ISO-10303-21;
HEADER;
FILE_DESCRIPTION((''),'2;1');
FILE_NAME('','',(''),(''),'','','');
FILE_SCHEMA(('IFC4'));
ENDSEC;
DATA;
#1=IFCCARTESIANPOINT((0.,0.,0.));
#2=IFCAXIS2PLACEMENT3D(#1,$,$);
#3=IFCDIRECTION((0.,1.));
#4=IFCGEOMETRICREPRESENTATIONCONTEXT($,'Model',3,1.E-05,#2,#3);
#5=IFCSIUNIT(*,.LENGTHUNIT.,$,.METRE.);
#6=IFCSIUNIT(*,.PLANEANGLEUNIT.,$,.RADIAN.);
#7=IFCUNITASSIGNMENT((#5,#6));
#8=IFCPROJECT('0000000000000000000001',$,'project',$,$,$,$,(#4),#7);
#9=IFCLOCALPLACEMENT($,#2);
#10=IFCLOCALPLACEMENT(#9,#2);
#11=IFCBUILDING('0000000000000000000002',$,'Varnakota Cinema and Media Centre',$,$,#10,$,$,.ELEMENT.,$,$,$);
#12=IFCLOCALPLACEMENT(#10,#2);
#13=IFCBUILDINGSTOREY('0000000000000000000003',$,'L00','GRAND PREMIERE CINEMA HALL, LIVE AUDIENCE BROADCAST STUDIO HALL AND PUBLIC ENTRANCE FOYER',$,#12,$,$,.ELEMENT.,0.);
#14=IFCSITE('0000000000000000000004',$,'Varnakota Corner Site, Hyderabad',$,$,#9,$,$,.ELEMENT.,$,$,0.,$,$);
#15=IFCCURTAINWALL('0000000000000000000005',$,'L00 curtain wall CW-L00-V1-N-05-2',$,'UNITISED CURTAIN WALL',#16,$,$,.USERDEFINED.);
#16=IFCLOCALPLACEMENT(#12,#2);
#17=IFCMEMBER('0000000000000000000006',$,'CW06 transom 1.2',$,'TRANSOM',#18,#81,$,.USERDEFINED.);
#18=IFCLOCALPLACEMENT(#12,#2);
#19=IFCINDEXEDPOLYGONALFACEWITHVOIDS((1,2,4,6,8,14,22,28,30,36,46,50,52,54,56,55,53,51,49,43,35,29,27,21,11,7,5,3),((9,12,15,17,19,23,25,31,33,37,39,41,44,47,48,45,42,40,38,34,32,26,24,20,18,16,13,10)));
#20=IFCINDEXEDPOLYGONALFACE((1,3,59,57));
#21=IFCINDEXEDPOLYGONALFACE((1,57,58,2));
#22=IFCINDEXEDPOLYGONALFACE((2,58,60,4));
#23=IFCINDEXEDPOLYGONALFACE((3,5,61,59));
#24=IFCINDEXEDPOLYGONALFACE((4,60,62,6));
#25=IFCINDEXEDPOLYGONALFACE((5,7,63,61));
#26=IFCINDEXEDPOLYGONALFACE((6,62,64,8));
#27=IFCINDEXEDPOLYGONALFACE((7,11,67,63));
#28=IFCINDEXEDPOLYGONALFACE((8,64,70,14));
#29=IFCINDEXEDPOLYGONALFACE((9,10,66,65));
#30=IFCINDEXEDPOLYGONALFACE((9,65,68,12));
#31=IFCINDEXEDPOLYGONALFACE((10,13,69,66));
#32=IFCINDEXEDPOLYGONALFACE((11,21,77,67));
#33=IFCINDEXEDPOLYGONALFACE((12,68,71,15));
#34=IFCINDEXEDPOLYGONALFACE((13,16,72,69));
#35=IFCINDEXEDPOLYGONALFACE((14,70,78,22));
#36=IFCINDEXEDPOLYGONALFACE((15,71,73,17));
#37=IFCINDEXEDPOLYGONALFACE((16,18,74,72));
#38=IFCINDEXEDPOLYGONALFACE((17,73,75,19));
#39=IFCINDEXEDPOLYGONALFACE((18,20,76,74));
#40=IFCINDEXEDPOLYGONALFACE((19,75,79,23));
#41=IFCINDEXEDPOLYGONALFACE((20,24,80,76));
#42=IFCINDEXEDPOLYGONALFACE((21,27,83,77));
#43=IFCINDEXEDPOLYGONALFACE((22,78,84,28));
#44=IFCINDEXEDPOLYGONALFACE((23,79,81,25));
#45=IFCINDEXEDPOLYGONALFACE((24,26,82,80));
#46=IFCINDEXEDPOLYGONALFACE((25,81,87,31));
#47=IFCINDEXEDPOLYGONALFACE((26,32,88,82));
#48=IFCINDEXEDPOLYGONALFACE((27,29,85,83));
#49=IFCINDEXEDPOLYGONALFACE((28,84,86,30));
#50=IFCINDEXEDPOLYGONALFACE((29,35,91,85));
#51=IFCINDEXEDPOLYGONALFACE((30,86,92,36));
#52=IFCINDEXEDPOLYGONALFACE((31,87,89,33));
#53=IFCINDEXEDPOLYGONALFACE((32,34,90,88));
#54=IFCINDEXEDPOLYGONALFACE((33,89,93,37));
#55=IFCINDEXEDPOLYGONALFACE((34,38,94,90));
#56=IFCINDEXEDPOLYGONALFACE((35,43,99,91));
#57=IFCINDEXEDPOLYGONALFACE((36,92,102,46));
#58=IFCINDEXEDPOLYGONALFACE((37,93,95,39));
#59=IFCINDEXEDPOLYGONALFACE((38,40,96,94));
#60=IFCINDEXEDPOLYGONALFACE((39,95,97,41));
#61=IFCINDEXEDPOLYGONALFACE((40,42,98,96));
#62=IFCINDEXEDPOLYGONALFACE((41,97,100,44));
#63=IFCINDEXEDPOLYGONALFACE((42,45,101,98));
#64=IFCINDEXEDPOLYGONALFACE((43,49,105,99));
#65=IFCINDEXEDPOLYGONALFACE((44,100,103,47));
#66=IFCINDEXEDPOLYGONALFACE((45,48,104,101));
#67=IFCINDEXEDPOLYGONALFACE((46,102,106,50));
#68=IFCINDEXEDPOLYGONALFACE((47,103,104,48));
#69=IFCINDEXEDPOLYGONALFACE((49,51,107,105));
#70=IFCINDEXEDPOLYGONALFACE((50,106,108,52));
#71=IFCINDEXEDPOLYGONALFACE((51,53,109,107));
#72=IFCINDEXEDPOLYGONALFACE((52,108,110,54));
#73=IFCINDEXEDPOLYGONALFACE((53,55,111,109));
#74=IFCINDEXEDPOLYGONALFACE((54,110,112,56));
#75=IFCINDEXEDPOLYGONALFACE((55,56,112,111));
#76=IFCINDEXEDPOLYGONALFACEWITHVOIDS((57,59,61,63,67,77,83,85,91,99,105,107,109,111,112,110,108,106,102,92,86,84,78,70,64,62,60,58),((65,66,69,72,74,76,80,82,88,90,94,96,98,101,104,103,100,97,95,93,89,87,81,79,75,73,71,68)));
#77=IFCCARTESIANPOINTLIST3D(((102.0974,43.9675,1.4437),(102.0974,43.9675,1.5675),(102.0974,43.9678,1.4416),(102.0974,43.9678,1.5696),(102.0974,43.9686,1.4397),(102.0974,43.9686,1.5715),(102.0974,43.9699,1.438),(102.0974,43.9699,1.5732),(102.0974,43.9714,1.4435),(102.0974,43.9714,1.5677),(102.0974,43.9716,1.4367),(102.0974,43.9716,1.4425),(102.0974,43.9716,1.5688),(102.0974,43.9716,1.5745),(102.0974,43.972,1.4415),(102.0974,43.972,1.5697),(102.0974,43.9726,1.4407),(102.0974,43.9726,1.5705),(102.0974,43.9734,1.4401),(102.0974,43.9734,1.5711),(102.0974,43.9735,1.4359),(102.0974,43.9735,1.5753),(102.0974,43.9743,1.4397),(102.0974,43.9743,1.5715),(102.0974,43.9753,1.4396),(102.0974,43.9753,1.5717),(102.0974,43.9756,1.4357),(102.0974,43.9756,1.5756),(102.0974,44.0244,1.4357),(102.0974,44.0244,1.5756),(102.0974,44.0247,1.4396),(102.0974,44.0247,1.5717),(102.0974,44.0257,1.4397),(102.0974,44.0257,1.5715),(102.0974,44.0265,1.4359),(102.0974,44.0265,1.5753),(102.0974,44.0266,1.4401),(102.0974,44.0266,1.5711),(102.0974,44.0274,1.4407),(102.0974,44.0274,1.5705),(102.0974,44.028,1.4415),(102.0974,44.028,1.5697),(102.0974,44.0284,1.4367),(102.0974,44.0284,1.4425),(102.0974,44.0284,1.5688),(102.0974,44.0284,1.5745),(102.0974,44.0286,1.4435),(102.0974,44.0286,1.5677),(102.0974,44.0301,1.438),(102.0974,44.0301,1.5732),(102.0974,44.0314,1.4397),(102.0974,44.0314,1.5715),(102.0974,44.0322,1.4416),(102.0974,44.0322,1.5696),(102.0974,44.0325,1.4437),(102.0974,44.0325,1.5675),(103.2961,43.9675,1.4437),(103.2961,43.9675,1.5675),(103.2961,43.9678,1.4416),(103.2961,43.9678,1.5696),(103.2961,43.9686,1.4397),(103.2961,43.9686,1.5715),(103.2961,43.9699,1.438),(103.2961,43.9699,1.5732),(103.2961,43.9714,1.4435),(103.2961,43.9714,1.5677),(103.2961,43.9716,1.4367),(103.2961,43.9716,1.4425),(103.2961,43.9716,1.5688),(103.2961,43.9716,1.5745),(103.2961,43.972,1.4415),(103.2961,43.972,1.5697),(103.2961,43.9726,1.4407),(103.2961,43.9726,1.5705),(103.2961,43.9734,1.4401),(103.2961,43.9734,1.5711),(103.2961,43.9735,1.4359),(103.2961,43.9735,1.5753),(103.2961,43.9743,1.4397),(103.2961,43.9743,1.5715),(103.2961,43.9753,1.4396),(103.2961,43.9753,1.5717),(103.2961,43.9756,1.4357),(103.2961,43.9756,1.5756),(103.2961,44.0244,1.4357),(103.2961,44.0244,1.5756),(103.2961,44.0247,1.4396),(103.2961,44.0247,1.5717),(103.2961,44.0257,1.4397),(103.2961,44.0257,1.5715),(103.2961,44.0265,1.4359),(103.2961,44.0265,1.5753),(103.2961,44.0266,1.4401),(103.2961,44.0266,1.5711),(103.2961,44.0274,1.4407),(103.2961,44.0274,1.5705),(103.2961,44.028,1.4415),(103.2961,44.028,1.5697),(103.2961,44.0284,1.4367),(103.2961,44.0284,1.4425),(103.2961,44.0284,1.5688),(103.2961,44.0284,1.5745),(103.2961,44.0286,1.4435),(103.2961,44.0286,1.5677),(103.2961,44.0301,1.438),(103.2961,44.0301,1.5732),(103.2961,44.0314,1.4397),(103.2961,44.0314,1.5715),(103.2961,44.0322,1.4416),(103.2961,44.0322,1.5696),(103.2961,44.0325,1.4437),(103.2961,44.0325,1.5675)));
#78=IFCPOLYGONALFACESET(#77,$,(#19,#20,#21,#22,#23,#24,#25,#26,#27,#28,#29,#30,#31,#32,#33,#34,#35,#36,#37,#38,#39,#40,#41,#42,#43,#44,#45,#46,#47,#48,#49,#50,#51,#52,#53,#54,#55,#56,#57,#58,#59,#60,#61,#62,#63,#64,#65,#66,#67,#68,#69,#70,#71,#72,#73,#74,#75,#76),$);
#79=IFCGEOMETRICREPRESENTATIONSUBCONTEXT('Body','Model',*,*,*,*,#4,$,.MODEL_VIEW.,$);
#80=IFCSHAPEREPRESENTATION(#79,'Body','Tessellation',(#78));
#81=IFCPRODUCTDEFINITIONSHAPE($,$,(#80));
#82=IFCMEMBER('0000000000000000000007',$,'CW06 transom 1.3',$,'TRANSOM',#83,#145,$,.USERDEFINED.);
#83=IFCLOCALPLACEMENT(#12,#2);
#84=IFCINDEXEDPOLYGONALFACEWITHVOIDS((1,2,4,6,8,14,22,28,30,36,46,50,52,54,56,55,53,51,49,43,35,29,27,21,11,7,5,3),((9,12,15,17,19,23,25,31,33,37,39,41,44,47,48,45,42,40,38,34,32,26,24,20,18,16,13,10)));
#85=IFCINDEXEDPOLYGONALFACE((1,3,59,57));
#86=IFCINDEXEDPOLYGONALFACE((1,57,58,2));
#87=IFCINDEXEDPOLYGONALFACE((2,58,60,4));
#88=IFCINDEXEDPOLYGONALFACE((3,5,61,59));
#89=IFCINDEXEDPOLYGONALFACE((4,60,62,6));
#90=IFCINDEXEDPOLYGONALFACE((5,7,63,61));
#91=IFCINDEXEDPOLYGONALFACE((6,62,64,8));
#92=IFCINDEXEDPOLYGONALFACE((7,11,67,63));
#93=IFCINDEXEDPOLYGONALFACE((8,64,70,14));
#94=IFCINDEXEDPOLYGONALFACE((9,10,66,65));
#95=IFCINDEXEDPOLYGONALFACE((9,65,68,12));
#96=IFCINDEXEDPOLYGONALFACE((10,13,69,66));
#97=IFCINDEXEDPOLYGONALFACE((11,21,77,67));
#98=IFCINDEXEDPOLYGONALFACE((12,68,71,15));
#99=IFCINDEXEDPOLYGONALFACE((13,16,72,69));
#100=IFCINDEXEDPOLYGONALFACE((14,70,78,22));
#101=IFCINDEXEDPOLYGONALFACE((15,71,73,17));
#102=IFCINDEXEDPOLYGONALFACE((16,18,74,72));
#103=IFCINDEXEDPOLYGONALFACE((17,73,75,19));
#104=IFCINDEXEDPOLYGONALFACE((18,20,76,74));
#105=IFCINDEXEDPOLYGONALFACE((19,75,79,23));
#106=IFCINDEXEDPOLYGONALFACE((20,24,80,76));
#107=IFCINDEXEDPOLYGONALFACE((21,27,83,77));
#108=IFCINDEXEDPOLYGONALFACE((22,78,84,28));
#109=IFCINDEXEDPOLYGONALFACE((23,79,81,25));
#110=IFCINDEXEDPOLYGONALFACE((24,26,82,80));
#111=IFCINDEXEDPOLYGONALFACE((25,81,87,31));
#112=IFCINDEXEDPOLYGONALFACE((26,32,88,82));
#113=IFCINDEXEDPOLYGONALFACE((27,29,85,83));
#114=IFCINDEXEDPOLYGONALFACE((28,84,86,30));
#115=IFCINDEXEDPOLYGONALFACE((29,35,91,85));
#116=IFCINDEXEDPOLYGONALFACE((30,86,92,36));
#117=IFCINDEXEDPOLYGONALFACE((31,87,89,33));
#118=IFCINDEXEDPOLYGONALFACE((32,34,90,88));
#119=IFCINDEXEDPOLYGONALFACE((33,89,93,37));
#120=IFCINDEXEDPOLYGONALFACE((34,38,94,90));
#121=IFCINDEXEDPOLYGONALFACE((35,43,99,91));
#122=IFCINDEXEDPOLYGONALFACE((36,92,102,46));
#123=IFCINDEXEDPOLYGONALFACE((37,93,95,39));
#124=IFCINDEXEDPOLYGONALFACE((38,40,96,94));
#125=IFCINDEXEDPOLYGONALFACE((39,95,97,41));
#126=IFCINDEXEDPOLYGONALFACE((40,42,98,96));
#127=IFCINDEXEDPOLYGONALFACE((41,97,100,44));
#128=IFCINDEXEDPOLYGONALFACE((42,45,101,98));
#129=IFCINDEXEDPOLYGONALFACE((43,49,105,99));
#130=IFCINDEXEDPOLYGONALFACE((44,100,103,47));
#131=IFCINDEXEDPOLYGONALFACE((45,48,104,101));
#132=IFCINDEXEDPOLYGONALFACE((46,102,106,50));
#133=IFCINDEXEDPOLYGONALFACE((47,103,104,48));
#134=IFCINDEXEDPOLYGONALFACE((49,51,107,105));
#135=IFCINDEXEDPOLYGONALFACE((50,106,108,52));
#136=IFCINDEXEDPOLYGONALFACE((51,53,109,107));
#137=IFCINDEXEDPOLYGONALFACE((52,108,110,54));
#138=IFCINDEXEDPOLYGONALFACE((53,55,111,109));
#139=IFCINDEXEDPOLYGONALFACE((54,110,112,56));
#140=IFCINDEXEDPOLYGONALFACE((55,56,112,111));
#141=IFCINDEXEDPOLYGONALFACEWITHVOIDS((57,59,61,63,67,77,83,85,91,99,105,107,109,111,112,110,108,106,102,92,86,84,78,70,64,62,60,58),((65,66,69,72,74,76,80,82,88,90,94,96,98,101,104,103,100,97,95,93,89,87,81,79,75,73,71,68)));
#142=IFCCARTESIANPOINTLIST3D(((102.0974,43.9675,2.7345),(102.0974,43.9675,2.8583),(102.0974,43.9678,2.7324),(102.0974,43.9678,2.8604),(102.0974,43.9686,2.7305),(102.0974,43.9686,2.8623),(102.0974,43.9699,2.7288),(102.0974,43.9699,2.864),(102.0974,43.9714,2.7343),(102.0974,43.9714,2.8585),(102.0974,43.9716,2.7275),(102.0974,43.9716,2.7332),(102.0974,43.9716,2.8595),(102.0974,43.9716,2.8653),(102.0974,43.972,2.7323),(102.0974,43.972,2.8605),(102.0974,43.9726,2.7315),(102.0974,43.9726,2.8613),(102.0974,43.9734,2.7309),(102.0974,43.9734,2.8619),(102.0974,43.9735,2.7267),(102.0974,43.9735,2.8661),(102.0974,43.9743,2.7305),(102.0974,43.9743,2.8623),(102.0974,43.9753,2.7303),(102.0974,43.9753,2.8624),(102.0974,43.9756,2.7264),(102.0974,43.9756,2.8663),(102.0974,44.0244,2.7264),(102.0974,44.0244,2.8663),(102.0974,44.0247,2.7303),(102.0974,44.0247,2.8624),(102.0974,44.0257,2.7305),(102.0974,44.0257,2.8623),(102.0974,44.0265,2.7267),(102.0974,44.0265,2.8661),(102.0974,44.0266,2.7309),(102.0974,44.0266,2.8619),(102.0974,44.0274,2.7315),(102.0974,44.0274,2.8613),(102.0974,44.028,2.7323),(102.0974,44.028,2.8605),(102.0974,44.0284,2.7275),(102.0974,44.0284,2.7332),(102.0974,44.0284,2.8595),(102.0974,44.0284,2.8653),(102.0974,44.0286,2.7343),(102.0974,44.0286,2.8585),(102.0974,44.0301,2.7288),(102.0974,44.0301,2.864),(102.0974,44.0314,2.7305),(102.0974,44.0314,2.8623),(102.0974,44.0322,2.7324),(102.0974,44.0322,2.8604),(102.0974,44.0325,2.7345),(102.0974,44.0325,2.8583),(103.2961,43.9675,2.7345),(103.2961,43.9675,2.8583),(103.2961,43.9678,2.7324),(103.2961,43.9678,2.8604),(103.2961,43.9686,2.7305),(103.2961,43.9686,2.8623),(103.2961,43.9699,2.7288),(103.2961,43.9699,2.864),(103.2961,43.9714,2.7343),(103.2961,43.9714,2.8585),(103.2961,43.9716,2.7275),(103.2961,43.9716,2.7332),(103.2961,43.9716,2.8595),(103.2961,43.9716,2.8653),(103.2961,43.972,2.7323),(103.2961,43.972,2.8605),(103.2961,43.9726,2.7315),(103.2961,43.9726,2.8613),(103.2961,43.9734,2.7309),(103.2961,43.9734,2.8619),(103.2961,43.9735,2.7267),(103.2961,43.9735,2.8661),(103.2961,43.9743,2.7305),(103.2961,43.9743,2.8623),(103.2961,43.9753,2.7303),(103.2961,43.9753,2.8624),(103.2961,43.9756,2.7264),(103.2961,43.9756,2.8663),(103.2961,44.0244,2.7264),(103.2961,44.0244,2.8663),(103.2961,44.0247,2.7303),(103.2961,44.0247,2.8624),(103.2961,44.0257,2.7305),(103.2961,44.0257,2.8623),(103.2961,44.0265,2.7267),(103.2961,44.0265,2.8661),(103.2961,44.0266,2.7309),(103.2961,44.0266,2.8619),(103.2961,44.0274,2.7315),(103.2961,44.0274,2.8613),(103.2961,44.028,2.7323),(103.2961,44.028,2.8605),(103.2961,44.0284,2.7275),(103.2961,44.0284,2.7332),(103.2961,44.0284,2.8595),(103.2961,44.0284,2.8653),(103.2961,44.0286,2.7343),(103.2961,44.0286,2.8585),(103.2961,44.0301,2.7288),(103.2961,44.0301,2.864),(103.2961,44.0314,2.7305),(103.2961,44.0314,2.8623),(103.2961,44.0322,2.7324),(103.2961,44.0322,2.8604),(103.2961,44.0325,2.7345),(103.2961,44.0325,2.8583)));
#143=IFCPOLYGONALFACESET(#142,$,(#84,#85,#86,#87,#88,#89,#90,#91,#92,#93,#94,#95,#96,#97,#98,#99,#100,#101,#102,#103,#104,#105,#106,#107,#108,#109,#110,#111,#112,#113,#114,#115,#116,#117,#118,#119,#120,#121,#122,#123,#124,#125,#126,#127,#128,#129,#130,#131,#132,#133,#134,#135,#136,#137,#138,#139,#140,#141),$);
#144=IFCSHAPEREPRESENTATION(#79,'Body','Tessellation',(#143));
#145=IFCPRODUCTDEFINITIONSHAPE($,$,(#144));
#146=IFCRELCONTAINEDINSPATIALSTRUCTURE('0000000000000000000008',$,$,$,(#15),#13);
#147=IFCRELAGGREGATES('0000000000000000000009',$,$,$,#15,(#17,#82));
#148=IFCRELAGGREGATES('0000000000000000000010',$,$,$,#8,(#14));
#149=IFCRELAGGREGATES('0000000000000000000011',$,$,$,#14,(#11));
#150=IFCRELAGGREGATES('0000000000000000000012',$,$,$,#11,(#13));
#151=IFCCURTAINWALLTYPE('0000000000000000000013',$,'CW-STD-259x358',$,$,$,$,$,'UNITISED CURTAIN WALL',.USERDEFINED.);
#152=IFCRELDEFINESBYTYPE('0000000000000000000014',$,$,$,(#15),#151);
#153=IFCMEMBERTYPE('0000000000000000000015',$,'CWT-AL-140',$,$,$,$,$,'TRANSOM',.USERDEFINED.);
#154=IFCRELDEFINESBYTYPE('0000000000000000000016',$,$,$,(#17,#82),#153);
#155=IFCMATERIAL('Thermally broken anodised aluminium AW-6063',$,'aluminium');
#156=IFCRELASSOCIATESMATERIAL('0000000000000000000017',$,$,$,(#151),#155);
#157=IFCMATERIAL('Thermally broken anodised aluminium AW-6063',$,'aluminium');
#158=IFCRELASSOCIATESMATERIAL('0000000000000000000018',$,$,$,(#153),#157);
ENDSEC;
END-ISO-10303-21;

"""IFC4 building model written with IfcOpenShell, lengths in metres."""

from ifc_helpers import new_model, si_unit, direction, frame, origin, origin_2d, place, context, subcontext, project, spatial, hollow_rectangle, extrude, material, material_profile, profile_set, type_object, element, aggregate, save


model = new_model("IFC4")

# Units and contexts
model_context = context("Model", 3, precision=1e-05, world=origin(), true_north=direction((0.0, 1.0)))
body_context = subcontext(model_context, "Body", "Model", "MODEL_VIEW")
ifc_project = project(units=[si_unit("LENGTHUNIT", "METRE"), si_unit("PLANEANGLEUNIT", "RADIAN")], contexts=[model_context])

# Site, building, storey
site_placement = place(None, origin())
site = spatial("IfcSite", under=ifc_project, at=site_placement, Name="Varnakota Corner Site, Hyderabad", CompositionType="ELEMENT", RefElevation=0.0)
building_placement = place(site_placement, origin())
building = spatial("IfcBuilding", under=site, at=building_placement, Name="Varnakota Cinema and Media Centre", CompositionType="ELEMENT")
storey_placement = place(building_placement, origin())
storey = spatial("IfcBuildingStorey", under=building, at=storey_placement, Name="L00", Description="GRAND PREMIERE CINEMA HALL, LIVE AUDIENCE BROADCAST STUDIO HALL AND PUBLIC ENTRANCE FOYER", CompositionType="ELEMENT", Elevation=0.0)

# Curtain wall
ifc_material_1 = material(Name="Thermally broken anodised aluminium AW-6063", Category="aluminium")
curtain_wall_type = type_object("IfcCurtainWallType", Name="CW-STD-259x358", ElementType="UNITISED CURTAIN WALL", PredefinedType="USERDEFINED", material=ifc_material_1)
curtain_wall_1_placement = place(storey_placement, origin())
curtain_wall_1 = element("IfcCurtainWall", 1, at=curtain_wall_1_placement, inside=storey, type_object=curtain_wall_type, Name="L00 curtain wall CW-L00-V1-N-05-2", ObjectType="UNITISED CURTAIN WALL", PredefinedType="USERDEFINED")

# Members
ifc_material_2 = material(Name="Thermally broken anodised aluminium AW-6063", Category="aluminium")
ifc_material_profile_1 = material_profile(ifc_material_2, hollow_rectangle(XDim=0.0649, YDim=0.1399, WallThickness=0.0039, InnerFilletRadius=0.0039, OuterFilletRadius=0.0081, at=origin_2d()), Name="AL-TRANSOM 140x65x4")
ifc_profile_set_1 = profile_set([ifc_material_profile_1], Name="Thermally broken anodised aluminium AW-6063")
member_type_1 = type_object("IfcMemberType", Name="CWT-AL-140", ElementType="TRANSOM", PredefinedType="USERDEFINED", material=ifc_profile_set_1)
member_1_placement = place(storey_placement, frame((102.0974, 44.0, 1.5056), z_axis=(1.0, 0.0, 0.0), x_axis=(0.0, 1.0, 0.0)))
member_1 = element("IfcMember", 2, at=member_1_placement, type_object=member_type_1, Name="CW06 transom 1.2", ObjectType="TRANSOM", PredefinedType="USERDEFINED", context=body_context, shape_type="SweptSolid", body=[
    extrude(hollow_rectangle(XDim=0.0649, YDim=0.1399, WallThickness=0.0039, InnerFilletRadius=0.0039, OuterFilletRadius=0.0081, at=origin_2d()), origin(), (0.0, 0.0, 1.0), 1.1987),
])
member_2_placement = place(storey_placement, frame((102.0974, 44.0, 2.7964), z_axis=(1.0, 0.0, 0.0), x_axis=(0.0, 1.0, 0.0)))
member_2 = element("IfcMember", 3, at=member_2_placement, type_object=member_type_1, Name="CW06 transom 1.3", ObjectType="TRANSOM", PredefinedType="USERDEFINED", context=body_context, shape_type="SweptSolid", body=[
    extrude(hollow_rectangle(XDim=0.0649, YDim=0.1399, WallThickness=0.0039, InnerFilletRadius=0.0039, OuterFilletRadius=0.0081, at=origin_2d()), origin(), (0.0, 0.0, 1.0), 1.1987),
])

aggregate(curtain_wall_1, [member_1, member_2])

save(model, "model.ifc")
